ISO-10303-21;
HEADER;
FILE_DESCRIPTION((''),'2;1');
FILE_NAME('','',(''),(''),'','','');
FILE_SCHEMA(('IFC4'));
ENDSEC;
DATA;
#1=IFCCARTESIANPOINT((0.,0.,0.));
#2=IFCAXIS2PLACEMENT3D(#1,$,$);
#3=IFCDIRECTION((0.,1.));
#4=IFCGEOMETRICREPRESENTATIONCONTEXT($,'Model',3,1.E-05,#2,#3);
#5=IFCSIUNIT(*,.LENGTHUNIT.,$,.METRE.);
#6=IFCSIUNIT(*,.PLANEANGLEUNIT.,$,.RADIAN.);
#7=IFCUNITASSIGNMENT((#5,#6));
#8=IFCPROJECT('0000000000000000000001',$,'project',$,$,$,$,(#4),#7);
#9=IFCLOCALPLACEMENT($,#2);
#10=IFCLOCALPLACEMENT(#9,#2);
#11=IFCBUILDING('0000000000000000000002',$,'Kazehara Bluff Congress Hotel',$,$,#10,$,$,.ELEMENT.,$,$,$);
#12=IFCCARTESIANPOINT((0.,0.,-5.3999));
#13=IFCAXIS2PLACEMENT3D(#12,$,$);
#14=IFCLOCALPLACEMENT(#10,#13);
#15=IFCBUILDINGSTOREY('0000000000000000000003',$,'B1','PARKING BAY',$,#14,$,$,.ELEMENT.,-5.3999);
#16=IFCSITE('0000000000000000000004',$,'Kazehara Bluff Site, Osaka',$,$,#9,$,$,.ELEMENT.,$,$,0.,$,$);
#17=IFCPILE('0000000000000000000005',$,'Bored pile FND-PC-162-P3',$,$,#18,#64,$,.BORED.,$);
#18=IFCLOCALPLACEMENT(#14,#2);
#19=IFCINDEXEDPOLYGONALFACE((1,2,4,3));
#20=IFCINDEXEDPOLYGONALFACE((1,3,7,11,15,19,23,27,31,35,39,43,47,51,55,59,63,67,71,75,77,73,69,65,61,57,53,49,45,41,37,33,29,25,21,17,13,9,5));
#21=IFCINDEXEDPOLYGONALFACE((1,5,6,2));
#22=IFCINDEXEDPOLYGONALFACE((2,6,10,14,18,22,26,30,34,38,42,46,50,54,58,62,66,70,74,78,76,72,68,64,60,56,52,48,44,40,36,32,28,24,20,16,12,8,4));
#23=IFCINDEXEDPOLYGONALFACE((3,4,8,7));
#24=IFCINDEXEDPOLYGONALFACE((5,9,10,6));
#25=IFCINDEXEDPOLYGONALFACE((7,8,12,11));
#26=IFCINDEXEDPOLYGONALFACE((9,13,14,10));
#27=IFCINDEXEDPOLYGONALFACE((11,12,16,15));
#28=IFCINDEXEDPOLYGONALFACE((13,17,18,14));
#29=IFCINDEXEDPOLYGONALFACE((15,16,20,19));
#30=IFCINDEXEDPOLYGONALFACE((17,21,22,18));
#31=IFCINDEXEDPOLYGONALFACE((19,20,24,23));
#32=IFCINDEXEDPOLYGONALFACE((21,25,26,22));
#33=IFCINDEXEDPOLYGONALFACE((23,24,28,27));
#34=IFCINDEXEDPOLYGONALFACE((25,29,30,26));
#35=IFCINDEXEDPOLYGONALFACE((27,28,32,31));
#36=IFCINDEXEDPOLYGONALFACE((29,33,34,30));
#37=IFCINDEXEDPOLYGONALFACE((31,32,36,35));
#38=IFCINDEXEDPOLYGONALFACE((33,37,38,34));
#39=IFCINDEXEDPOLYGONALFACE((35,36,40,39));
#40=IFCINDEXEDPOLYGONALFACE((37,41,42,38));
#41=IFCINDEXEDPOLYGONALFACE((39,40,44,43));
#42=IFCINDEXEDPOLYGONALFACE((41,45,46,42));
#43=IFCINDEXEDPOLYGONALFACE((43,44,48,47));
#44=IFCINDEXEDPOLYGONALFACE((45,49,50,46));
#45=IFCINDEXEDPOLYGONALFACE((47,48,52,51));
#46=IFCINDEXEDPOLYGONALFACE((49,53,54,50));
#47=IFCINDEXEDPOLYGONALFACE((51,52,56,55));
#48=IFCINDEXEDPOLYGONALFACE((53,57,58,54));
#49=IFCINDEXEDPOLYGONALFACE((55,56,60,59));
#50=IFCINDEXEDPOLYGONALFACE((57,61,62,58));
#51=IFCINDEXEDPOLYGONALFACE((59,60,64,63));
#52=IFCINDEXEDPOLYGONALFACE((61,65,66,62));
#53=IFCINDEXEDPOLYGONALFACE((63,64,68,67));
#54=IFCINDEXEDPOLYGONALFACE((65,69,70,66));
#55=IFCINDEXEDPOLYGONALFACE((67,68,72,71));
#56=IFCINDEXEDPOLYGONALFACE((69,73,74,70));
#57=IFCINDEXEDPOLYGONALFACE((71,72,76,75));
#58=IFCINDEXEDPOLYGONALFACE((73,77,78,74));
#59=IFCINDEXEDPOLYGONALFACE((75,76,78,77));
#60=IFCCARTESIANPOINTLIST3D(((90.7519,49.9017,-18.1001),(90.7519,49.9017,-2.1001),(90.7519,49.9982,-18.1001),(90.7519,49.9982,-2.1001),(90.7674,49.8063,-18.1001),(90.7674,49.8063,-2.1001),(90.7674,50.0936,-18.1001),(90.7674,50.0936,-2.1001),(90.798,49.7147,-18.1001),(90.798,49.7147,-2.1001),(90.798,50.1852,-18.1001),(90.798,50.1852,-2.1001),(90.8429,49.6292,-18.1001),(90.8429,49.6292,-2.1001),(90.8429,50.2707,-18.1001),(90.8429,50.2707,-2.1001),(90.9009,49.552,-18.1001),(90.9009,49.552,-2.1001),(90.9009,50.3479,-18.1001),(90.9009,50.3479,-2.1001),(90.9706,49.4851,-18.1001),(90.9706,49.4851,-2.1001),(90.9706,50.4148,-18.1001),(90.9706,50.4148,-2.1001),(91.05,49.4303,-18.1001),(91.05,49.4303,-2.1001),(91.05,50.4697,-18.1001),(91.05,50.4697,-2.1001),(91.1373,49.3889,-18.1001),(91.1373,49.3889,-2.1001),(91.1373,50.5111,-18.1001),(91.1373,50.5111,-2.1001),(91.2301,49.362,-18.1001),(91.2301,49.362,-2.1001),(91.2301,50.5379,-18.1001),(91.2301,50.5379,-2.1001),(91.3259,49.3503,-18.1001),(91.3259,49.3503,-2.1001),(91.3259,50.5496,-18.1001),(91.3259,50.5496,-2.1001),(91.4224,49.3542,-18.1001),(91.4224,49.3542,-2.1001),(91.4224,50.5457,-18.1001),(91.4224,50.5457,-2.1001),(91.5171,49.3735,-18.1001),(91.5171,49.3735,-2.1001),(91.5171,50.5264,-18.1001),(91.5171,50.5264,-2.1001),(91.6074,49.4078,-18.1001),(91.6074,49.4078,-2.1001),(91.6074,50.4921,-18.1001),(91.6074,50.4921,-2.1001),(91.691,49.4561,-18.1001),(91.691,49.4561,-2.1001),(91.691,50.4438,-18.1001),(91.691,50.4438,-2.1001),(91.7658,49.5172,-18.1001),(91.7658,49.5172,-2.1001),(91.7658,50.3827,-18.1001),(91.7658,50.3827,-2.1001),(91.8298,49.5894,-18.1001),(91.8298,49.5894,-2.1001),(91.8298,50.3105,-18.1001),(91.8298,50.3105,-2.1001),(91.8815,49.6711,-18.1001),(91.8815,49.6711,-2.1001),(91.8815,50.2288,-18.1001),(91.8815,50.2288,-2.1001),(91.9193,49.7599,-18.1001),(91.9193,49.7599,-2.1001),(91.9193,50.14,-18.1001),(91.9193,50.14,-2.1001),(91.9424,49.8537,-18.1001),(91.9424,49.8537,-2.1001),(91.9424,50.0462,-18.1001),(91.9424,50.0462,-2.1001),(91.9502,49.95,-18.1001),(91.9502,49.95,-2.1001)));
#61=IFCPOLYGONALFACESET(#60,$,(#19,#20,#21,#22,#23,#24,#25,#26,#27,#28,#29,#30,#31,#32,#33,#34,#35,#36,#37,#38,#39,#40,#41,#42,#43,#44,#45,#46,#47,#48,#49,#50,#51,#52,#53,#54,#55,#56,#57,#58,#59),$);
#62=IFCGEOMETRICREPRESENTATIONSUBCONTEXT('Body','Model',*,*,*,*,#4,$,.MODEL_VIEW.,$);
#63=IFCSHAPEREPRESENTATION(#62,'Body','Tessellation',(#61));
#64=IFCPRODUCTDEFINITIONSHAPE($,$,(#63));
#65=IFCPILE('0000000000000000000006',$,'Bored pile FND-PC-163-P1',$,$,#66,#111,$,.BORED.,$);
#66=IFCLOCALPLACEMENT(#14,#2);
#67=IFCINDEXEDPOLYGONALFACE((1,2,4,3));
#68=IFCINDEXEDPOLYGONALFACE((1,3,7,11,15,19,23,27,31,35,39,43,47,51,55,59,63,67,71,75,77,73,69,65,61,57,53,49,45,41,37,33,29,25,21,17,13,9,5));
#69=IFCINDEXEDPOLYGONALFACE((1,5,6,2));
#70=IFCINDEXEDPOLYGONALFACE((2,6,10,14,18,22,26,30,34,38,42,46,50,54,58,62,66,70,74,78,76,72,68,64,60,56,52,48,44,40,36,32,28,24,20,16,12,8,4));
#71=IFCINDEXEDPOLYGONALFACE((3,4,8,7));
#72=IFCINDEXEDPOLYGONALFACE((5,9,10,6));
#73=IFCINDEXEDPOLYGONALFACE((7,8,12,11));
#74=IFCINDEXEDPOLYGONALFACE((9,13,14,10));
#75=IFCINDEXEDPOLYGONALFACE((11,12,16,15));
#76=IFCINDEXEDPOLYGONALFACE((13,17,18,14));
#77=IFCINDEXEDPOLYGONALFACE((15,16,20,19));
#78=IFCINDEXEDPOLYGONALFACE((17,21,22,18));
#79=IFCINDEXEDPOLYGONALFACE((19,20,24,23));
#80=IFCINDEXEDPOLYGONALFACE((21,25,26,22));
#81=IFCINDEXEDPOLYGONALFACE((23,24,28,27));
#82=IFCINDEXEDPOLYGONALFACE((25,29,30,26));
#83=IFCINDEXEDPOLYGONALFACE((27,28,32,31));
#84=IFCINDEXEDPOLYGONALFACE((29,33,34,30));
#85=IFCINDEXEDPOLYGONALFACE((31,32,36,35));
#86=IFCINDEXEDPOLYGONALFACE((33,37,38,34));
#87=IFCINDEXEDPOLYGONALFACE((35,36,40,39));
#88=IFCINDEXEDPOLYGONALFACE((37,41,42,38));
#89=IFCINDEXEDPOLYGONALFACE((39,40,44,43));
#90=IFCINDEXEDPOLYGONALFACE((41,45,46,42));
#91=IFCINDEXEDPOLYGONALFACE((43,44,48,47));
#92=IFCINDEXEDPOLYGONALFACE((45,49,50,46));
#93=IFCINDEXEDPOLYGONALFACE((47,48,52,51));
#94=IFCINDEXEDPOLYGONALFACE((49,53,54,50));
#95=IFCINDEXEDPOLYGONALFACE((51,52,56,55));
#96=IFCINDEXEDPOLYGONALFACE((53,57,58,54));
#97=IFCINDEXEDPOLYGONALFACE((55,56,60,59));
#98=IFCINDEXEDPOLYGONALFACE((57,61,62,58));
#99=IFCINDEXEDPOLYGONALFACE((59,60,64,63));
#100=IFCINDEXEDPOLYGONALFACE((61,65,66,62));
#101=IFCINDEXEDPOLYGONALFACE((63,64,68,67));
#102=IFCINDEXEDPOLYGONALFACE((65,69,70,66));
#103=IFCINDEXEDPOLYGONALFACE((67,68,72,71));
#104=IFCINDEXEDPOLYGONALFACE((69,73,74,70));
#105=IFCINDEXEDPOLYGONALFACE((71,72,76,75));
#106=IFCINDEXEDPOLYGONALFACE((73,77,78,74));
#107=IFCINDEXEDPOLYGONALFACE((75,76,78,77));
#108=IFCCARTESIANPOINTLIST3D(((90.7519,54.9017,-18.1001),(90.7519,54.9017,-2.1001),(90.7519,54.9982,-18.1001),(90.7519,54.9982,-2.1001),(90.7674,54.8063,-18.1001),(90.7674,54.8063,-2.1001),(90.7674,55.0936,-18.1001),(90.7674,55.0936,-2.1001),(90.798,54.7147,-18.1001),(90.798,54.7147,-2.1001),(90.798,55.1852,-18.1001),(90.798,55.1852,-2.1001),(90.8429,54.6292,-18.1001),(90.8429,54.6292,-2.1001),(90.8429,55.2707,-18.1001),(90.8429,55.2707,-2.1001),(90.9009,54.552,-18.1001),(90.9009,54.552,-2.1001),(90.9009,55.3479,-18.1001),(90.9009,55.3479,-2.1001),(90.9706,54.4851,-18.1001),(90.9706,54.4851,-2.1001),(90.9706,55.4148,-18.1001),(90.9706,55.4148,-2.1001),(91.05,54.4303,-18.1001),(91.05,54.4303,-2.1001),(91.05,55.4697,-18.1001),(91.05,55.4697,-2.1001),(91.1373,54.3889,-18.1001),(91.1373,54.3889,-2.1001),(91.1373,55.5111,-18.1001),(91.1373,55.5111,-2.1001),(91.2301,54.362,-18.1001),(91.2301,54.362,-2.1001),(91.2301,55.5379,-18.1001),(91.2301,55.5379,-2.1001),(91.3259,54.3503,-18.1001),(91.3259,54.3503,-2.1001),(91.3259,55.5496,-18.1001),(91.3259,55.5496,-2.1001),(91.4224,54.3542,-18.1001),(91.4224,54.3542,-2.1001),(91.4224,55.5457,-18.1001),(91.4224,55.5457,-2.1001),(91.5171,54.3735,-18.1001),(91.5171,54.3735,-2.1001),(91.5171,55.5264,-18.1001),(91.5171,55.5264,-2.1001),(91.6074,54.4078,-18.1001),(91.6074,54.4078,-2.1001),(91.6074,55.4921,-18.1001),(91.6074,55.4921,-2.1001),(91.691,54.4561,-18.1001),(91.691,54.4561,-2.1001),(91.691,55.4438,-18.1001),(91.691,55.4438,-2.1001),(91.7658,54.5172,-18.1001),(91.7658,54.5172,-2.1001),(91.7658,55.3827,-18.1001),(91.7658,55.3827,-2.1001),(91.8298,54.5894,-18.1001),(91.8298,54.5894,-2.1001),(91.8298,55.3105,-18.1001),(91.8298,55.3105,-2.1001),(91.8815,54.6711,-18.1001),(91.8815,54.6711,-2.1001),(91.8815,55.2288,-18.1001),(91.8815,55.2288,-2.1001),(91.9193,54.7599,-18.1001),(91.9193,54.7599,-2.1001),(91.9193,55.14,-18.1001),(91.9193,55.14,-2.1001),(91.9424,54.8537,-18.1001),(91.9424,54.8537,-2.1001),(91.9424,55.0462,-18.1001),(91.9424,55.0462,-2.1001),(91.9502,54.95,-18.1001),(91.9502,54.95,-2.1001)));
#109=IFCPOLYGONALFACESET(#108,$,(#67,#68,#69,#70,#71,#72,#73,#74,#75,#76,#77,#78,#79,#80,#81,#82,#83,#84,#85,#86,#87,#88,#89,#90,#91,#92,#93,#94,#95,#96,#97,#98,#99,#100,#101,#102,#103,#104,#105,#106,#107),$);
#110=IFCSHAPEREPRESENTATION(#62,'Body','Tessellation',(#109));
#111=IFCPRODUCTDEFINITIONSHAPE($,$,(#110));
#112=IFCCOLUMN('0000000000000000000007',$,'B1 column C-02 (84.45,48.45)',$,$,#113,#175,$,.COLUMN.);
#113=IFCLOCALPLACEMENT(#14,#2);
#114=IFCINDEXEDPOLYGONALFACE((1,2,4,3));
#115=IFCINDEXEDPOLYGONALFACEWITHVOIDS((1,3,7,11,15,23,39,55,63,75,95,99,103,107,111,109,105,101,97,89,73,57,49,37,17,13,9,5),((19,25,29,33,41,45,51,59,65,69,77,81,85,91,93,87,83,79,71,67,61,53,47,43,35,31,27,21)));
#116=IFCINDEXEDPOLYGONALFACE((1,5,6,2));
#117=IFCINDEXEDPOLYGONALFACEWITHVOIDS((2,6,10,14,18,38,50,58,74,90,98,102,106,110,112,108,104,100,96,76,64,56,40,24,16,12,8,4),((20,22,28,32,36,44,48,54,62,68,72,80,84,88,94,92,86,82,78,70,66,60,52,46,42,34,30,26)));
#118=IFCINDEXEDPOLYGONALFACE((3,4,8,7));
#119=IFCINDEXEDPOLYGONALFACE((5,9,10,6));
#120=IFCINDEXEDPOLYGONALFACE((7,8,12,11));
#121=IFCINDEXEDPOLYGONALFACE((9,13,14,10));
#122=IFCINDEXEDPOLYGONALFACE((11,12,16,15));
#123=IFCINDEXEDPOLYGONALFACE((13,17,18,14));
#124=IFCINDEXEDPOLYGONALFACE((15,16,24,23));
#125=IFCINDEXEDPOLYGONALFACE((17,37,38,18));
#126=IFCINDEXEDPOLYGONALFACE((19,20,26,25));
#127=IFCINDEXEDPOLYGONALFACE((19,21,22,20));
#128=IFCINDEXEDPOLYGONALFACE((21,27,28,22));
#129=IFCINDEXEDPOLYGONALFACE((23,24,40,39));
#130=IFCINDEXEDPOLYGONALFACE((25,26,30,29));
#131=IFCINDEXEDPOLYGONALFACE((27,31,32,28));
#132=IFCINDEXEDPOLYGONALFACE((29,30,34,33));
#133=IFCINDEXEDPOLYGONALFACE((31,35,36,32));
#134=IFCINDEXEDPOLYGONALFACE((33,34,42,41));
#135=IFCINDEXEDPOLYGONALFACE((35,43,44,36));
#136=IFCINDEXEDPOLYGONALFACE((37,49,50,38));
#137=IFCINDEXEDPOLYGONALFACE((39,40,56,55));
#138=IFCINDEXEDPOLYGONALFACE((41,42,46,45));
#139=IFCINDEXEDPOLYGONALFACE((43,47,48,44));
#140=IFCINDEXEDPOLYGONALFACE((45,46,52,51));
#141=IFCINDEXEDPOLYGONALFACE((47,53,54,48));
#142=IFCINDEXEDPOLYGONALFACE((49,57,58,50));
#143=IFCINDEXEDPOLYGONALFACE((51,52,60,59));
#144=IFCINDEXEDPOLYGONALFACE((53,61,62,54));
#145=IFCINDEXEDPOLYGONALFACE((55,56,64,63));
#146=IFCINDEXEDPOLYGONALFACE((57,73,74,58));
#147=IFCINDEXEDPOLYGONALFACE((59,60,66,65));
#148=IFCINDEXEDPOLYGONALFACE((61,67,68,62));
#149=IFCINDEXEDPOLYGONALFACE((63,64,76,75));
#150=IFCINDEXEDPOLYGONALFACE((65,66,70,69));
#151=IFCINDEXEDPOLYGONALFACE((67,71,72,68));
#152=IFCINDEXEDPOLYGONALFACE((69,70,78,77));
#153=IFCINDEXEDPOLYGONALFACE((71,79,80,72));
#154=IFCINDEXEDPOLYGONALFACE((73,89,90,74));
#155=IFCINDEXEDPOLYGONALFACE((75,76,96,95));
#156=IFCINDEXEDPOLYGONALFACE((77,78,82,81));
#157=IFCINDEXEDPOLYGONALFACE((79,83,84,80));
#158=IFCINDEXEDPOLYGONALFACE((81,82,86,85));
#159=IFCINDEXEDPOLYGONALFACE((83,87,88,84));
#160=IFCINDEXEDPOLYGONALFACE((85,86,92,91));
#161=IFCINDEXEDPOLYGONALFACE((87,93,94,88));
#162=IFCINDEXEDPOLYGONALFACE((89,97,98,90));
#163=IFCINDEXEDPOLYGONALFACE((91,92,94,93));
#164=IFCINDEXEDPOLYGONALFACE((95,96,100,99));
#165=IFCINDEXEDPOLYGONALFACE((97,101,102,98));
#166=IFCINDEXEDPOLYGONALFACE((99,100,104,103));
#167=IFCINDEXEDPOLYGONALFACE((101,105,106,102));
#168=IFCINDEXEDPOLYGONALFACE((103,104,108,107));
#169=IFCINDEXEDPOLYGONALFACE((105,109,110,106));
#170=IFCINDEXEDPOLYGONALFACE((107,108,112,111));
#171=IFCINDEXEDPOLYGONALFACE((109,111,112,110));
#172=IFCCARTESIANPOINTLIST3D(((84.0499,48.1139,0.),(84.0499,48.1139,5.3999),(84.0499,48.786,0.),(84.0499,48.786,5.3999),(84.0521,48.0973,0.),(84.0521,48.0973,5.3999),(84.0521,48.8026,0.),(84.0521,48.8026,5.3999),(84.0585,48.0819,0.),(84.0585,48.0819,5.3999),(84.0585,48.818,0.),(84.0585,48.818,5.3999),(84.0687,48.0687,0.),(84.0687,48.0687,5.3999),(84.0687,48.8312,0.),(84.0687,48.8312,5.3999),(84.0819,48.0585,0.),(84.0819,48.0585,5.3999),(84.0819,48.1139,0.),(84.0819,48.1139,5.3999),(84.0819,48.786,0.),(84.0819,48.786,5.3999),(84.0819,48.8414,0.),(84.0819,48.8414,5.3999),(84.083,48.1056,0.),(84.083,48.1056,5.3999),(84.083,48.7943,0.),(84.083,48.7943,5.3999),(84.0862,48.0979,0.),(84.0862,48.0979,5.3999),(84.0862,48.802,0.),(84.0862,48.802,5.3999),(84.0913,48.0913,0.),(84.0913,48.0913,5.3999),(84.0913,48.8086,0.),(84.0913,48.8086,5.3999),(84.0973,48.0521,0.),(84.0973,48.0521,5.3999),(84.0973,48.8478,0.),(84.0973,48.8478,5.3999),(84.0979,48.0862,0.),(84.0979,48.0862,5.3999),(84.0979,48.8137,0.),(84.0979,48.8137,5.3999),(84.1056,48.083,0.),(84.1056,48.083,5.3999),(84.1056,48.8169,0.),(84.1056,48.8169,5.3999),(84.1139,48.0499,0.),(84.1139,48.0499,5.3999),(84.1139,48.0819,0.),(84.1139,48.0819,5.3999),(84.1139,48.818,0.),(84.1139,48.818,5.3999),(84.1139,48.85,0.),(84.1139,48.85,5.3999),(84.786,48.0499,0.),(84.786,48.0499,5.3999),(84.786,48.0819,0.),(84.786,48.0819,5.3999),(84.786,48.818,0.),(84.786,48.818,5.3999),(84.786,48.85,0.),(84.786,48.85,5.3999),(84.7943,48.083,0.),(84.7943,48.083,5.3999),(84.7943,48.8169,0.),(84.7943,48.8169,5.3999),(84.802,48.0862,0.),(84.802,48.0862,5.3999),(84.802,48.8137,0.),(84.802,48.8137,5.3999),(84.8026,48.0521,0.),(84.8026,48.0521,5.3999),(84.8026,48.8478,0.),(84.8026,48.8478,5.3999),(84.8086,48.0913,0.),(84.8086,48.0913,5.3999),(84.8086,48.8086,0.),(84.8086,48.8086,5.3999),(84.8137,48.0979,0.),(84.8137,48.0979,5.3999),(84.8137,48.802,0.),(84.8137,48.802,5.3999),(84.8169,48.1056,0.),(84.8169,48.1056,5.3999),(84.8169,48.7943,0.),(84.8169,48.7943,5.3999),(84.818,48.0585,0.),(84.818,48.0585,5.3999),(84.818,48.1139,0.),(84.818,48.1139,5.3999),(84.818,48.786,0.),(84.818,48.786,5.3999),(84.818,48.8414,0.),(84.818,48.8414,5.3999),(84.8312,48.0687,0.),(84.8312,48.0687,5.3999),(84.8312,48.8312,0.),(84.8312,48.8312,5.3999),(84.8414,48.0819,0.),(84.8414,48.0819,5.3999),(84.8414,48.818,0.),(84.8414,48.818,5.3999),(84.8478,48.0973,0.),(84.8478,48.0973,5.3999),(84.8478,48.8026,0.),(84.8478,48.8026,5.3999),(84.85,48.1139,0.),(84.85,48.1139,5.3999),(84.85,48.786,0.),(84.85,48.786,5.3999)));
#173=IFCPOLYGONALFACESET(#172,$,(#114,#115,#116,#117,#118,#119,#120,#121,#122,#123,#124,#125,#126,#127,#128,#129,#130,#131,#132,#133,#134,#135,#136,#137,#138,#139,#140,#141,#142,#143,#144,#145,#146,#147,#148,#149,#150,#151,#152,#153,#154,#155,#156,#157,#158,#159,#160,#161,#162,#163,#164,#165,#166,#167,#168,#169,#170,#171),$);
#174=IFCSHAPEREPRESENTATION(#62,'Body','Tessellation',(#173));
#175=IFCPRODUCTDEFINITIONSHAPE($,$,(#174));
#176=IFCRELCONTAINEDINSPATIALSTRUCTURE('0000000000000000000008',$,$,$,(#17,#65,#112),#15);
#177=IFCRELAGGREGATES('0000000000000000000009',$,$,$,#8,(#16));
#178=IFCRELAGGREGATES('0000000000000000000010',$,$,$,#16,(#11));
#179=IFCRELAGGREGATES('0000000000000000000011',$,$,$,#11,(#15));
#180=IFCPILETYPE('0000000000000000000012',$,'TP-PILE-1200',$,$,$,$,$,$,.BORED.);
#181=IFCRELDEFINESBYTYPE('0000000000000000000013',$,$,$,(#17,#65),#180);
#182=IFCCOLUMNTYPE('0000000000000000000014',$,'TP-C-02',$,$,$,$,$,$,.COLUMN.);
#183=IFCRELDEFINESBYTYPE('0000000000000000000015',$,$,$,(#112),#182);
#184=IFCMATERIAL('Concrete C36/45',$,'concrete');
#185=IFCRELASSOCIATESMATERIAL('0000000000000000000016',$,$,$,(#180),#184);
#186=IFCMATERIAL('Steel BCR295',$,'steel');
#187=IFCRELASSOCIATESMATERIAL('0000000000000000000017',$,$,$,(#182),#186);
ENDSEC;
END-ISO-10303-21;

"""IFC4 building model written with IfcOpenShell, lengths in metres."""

from ifc_helpers import new_model, si_unit, direction, frame, origin, origin_2d, place, context, subcontext, project, spatial, hollow_rectangle, circle, extrude, material, material_profile, profile_set, type_object, element, save


model = new_model("IFC4")

# Units and contexts
model_context = context("Model", 3, precision=1e-05, world=origin(), true_north=direction((0.0, 1.0)))
body_context = subcontext(model_context, "Body", "Model", "MODEL_VIEW")
ifc_project = project(units=[si_unit("LENGTHUNIT", "METRE"), si_unit("PLANEANGLEUNIT", "RADIAN")], contexts=[model_context])

# Site, building, storey
site_placement = place(None, origin())
site = spatial("IfcSite", under=ifc_project, at=site_placement, Name="Kazehara Bluff Site, Osaka", CompositionType="ELEMENT", RefElevation=0.0)
building_placement = place(site_placement, origin())
building = spatial("IfcBuilding", under=site, at=building_placement, Name="Kazehara Bluff Congress Hotel", CompositionType="ELEMENT")
storey_placement = place(building_placement, frame((0.0, 0.0, -5.3999)))
storey = spatial("IfcBuildingStorey", under=building, at=storey_placement, Name="B1", Description="PARKING BAY", CompositionType="ELEMENT", Elevation=-5.3999)

# Piles
ifc_material_1 = material(Name="Concrete C36/45", Category="concrete")
ifc_material_profile_1 = material_profile(ifc_material_1, circle(Radius=0.6001, at=origin_2d()))
ifc_profile_set_1 = profile_set([ifc_material_profile_1], Name="Concrete C36/45")
pile_type = type_object("IfcPileType", Name="TP-PILE-1200", PredefinedType="BORED", material=ifc_profile_set_1)
for number, where, z_axis, x_axis, name in (
    (1, (91.3501, 49.95, -2.1001), (0.0, 0.0, -1.0), (1.0, 0.0, 0.0), "Bored pile FND-PC-162-P3"),
    (2, (91.3501, 54.95, -2.1001), (0.0, 0.0, -1.0), (1.0, 0.0, 0.0), "Bored pile FND-PC-163-P1"),
):
    element("IfcPile", number, at=place(storey_placement, frame(where, z_axis=z_axis, x_axis=x_axis)), inside=storey, type_object=pile_type, Name=name, PredefinedType="BORED", context=body_context, shape_type="SweptSolid", body=[
        extrude(circle(Radius=0.6001, at=origin_2d()), origin(), (0.0, 0.0, 1.0), 16.0),
    ])

# Column
ifc_material_2 = material(Name="Steel BCR295", Category="steel")
ifc_material_profile_2 = material_profile(ifc_material_2, hollow_rectangle(XDim=0.8, YDim=0.8, WallThickness=0.032, InnerFilletRadius=0.032, OuterFilletRadius=0.064, at=origin_2d()))
ifc_profile_set_2 = profile_set([ifc_material_profile_2], Name="Steel BCR295")
column_type = type_object("IfcColumnType", Name="TP-C-02", PredefinedType="COLUMN", material=ifc_profile_set_2)
for number, where, z_axis, x_axis, name in (
    (3, (84.45, 48.45, 0.0), (0.0, 0.0, 1.0), (1.0, 0.0, 0.0), "B1 column C-02 (84.45,48.45)"),
):
    element("IfcColumn", number, at=place(storey_placement, frame(where, z_axis=z_axis, x_axis=x_axis)), inside=storey, type_object=column_type, Name=name, PredefinedType="COLUMN", context=body_context, shape_type="SweptSolid", body=[
        extrude(hollow_rectangle(XDim=0.8, YDim=0.8, WallThickness=0.032, InnerFilletRadius=0.032, OuterFilletRadius=0.064, at=origin_2d()), origin(), (0.0, 0.0, 1.0), 5.3999),
    ])

save(model, "model.ifc")
